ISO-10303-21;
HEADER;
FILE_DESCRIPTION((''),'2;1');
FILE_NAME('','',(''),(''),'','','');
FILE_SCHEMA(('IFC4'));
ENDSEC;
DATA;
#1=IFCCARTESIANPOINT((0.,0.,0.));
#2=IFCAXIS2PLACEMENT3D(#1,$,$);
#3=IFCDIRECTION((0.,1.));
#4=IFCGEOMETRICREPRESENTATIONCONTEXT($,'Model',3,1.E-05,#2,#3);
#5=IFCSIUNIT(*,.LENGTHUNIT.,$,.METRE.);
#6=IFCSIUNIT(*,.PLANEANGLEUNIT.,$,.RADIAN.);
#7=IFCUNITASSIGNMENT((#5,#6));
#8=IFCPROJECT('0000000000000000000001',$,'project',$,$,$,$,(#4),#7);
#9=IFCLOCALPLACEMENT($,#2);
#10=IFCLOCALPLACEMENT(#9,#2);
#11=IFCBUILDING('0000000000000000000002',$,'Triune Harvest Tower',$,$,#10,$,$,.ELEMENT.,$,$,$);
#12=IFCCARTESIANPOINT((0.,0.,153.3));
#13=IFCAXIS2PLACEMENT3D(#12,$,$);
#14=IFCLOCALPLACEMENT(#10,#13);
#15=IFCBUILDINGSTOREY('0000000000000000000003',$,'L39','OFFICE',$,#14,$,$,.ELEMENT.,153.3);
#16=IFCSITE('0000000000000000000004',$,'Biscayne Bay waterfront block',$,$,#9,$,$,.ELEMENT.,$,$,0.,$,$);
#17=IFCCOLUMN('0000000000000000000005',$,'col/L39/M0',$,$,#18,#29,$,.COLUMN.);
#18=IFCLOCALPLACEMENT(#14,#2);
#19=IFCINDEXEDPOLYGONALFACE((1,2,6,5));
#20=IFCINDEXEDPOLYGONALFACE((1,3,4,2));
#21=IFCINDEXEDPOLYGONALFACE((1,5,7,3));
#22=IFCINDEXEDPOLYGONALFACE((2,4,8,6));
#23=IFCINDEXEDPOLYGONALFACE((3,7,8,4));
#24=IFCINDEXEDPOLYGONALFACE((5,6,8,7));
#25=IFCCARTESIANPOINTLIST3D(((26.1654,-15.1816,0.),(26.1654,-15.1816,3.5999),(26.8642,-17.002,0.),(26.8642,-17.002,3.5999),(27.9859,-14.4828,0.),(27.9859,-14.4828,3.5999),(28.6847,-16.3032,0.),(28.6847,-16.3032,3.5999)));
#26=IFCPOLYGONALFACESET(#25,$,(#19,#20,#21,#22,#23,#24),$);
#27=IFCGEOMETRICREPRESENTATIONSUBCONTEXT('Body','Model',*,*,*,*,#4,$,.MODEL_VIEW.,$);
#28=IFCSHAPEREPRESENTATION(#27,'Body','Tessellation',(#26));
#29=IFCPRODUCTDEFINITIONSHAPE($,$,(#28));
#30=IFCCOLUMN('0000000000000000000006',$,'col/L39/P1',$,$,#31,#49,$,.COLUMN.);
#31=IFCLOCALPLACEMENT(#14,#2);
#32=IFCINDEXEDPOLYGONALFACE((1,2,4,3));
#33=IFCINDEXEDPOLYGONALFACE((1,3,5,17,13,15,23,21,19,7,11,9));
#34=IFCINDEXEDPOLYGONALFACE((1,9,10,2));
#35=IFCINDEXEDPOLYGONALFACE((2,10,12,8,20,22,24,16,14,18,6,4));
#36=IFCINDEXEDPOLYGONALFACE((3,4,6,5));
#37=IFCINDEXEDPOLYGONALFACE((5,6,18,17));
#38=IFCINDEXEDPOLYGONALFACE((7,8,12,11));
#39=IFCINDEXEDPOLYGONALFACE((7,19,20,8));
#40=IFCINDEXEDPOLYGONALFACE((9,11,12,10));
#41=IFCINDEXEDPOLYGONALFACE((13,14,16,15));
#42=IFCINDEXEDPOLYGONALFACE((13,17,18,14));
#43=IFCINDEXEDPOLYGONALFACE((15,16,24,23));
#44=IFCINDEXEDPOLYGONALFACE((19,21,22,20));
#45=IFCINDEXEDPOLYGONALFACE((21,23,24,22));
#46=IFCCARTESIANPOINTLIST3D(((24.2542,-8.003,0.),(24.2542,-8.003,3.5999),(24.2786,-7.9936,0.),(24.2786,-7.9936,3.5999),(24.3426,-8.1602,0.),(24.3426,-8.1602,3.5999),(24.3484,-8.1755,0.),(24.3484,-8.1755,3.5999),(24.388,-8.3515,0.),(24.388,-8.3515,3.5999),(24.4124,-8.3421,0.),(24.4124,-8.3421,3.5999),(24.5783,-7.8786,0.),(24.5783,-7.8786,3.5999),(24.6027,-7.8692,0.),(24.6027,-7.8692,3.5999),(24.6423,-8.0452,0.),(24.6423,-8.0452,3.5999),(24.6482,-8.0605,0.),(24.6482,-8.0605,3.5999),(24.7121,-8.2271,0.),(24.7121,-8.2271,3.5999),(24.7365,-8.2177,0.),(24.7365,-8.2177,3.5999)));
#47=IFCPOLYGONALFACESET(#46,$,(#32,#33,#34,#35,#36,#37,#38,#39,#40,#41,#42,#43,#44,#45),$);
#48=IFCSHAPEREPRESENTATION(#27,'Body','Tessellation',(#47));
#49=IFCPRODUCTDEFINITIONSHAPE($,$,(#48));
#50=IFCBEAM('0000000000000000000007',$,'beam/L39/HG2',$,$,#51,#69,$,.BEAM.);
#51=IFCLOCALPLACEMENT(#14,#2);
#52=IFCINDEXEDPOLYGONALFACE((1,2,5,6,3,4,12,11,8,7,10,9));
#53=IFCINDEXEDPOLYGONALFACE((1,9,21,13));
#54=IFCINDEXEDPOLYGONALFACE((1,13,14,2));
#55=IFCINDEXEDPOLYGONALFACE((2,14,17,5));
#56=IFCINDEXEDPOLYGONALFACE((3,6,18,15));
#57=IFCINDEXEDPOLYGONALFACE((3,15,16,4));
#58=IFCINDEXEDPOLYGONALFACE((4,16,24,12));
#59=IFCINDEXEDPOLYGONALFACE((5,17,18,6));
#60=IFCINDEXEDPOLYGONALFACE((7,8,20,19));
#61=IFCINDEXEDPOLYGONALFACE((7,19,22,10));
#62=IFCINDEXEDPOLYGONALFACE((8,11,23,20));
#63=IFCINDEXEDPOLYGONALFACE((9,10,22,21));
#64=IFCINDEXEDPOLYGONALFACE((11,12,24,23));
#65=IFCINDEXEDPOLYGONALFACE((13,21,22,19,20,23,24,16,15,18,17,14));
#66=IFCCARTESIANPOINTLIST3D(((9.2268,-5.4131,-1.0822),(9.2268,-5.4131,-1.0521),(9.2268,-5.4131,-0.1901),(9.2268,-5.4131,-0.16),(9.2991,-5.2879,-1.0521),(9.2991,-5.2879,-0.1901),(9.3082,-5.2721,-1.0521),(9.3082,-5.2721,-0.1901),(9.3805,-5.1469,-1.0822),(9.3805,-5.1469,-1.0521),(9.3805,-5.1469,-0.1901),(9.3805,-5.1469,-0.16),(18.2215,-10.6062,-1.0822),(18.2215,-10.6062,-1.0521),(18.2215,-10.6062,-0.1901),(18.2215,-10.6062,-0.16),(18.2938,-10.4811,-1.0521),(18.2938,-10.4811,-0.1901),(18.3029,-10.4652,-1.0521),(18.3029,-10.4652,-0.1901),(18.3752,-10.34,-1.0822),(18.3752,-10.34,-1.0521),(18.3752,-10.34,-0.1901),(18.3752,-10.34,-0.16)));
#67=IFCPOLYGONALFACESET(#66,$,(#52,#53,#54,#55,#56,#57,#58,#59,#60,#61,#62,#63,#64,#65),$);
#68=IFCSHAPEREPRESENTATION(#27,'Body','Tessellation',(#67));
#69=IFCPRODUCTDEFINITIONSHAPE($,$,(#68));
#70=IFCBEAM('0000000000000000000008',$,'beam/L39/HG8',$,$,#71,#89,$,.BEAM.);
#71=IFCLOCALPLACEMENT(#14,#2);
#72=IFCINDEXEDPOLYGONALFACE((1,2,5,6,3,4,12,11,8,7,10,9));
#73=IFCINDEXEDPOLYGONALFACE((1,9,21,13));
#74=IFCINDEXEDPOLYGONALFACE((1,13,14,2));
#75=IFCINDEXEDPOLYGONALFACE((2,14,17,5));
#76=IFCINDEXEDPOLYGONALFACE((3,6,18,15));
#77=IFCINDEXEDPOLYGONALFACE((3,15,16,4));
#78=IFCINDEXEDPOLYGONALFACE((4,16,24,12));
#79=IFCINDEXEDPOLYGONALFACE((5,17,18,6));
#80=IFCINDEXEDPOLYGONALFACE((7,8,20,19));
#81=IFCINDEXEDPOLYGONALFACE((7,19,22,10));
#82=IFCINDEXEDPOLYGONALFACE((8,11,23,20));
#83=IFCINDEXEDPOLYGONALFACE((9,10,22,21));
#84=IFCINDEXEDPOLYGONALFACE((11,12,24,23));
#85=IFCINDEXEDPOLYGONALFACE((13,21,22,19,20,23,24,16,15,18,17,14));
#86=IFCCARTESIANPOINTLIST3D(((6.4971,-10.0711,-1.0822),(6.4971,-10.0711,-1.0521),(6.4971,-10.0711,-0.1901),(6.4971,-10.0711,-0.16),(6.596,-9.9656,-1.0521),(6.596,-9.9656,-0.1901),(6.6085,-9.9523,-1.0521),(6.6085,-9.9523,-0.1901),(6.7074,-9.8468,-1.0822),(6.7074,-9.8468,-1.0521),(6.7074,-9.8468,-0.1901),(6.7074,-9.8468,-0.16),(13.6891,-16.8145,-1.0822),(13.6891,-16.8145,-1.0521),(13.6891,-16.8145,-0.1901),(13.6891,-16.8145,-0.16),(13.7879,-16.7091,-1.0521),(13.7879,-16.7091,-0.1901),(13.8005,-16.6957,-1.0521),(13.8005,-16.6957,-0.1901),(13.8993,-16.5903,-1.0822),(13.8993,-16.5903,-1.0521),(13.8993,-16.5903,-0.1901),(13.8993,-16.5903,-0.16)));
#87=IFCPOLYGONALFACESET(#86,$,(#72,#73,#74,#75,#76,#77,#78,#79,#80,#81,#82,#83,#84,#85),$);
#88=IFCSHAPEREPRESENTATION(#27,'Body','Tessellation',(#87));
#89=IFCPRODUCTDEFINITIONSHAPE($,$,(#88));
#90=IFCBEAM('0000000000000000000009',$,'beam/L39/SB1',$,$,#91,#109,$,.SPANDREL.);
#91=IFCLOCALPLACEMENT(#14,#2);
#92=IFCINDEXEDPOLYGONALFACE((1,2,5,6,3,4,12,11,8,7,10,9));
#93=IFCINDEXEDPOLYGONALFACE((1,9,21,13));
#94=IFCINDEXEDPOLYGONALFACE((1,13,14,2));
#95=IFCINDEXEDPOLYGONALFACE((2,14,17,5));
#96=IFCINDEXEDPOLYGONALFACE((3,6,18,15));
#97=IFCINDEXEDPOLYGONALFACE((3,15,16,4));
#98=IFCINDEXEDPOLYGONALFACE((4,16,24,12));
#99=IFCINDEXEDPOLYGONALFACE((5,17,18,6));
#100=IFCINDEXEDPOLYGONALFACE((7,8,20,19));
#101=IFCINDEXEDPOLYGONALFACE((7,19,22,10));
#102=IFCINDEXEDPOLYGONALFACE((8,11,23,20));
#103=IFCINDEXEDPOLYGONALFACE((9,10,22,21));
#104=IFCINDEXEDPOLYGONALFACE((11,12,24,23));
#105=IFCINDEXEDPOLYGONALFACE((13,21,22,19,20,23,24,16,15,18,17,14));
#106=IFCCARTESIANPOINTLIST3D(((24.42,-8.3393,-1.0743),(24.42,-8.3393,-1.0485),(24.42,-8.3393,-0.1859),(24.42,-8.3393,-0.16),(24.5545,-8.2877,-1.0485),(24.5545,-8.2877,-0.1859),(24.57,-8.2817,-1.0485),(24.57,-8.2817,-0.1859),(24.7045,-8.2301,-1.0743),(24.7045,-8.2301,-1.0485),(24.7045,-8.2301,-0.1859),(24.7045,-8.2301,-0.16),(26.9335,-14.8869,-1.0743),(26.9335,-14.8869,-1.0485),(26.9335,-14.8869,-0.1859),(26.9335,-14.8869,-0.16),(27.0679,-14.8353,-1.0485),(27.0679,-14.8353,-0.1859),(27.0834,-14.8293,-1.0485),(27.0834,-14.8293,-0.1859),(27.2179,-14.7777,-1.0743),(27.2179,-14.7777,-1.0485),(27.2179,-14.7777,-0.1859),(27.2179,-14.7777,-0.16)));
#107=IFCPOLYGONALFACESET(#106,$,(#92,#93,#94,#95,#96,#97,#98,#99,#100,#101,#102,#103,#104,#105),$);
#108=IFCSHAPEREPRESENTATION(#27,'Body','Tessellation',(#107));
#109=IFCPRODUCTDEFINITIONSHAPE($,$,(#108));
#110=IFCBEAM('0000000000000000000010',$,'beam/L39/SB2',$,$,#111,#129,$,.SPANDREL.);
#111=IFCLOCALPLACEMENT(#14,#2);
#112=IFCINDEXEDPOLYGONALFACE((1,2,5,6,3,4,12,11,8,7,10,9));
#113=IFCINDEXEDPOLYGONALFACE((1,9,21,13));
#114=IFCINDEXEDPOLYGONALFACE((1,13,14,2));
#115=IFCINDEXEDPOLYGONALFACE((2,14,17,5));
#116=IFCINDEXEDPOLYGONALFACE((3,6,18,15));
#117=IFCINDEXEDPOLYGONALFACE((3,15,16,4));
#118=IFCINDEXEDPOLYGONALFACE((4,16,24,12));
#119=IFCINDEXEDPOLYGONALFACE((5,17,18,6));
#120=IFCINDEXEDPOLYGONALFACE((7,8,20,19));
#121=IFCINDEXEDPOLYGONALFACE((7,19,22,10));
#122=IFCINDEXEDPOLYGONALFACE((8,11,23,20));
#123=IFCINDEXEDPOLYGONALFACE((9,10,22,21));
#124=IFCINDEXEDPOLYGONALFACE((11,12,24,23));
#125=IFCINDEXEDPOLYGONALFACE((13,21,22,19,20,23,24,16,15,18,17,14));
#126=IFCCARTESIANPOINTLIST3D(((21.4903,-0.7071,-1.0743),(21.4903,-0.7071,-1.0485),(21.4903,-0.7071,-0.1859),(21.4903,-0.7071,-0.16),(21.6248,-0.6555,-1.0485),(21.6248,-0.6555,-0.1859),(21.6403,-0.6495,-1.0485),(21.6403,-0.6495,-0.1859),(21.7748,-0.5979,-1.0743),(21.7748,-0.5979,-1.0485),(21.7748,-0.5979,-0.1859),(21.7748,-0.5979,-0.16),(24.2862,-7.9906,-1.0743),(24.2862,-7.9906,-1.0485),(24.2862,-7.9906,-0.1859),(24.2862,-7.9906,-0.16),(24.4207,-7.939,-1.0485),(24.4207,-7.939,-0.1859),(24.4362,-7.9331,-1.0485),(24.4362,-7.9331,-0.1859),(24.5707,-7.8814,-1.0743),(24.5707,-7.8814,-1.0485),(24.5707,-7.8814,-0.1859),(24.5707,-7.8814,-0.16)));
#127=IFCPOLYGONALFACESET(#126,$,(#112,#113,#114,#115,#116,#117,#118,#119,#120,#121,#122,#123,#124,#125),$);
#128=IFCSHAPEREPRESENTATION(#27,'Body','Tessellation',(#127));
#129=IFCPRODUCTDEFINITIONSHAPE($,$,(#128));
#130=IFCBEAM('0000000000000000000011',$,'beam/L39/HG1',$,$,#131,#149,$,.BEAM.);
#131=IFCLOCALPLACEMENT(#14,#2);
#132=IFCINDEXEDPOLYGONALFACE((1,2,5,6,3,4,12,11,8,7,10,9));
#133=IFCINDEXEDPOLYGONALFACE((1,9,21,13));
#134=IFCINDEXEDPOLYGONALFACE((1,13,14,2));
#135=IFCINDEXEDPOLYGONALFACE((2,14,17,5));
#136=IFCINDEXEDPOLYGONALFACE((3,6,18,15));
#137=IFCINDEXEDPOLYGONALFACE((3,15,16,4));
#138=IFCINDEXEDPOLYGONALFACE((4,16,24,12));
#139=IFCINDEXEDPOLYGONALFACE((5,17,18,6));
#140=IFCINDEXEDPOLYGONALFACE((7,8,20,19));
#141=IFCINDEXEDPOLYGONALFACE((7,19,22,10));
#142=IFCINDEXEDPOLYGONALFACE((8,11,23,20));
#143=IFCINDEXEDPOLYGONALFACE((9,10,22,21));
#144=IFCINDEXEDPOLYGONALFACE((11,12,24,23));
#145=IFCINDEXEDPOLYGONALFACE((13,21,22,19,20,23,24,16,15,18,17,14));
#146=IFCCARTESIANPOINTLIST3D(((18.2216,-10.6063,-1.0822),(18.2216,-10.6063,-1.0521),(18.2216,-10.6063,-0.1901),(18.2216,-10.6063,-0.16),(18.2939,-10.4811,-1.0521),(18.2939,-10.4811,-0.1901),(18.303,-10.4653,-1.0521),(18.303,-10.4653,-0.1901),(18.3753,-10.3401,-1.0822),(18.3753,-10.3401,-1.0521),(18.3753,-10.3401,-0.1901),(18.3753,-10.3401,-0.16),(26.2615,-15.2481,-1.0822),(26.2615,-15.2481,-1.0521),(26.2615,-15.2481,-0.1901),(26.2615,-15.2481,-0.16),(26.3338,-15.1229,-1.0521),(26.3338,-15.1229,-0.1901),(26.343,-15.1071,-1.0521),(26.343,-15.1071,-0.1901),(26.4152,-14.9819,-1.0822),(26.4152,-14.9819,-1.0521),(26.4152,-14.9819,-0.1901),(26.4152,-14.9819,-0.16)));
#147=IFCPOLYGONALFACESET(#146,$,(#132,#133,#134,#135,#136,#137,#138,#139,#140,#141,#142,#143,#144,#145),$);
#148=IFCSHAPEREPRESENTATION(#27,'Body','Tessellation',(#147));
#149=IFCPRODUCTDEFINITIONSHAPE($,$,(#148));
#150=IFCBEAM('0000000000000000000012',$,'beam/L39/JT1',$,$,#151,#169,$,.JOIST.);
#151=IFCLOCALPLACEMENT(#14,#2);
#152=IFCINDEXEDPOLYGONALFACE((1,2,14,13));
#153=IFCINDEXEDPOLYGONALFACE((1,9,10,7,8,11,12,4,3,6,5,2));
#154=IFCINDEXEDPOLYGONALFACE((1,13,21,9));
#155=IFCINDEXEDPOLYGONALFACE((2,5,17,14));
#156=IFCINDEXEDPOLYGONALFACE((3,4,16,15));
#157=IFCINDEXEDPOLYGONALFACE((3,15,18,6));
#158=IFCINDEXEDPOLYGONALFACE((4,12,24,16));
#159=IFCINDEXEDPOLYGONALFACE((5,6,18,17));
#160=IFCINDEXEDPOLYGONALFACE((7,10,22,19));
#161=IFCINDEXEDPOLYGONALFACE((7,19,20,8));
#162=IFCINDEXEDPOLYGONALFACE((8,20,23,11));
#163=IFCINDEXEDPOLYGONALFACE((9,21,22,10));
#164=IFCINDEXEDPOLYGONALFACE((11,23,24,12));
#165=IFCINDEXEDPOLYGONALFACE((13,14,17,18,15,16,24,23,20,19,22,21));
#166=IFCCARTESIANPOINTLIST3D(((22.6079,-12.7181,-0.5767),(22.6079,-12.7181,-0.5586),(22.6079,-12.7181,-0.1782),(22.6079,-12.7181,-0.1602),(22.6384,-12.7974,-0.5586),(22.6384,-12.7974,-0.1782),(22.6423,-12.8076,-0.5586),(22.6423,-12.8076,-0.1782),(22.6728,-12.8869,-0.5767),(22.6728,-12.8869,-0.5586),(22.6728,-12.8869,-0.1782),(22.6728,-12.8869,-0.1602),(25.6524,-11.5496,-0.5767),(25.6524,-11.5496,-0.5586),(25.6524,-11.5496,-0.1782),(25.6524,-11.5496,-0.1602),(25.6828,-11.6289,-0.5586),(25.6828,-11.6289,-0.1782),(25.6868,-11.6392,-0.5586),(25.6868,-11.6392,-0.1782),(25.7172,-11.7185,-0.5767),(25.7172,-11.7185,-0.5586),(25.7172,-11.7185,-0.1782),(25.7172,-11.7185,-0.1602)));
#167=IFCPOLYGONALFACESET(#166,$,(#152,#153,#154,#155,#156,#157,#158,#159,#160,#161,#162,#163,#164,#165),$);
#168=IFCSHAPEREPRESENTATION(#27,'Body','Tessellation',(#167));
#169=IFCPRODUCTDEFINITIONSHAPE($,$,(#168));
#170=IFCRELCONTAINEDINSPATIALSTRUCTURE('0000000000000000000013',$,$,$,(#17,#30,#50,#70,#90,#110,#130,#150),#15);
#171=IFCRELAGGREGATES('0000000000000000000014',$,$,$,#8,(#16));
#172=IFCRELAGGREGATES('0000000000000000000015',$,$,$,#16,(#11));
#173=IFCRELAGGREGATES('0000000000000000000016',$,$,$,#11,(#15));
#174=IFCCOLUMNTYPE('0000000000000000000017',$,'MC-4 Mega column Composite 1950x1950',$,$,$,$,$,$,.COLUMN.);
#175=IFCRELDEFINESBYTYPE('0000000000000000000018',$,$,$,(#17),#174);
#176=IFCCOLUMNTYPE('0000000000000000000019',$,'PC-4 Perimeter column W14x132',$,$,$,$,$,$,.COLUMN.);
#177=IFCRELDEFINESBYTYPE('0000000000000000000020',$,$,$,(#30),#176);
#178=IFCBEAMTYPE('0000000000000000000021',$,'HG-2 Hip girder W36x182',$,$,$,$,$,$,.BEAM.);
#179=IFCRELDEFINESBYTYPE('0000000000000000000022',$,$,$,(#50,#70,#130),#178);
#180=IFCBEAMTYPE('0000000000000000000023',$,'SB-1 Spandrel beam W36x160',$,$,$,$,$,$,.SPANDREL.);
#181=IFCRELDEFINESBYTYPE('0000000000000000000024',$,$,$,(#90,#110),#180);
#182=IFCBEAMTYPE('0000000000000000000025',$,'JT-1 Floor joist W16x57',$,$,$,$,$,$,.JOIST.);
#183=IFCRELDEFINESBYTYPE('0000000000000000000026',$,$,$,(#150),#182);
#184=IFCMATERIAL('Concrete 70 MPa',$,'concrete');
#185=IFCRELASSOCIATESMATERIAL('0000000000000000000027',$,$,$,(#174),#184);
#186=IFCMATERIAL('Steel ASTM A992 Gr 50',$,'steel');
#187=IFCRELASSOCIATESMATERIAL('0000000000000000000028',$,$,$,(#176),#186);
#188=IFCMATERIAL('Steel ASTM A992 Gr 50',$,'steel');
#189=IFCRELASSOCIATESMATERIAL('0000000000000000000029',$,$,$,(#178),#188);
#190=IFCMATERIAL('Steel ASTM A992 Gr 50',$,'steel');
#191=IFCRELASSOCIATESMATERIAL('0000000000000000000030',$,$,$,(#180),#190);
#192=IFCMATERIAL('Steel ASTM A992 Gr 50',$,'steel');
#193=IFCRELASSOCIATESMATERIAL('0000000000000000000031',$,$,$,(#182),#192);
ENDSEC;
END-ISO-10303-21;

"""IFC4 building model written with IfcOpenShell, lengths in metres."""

from ifc_helpers import new_model, si_unit, direction, frame, origin, origin_2d, place, context, subcontext, project, spatial, rectangle, i_section, extrude, source, transform, mapped, material, material_profile, profile_set, type_object, element, save


model = new_model("IFC4")

# Units and contexts
model_context = context("Model", 3, precision=1e-05, world=origin(), true_north=direction((0.0, 1.0)))
body_context = subcontext(model_context, "Body", "Model", "MODEL_VIEW")
ifc_project = project(units=[si_unit("LENGTHUNIT", "METRE"), si_unit("PLANEANGLEUNIT", "RADIAN")], contexts=[model_context])

# Site, building, storey
site_placement = place(None, origin())
site = spatial("IfcSite", under=ifc_project, at=site_placement, Name="Biscayne Bay waterfront block", CompositionType="ELEMENT", RefElevation=0.0)
building_placement = place(site_placement, origin())
building = spatial("IfcBuilding", under=site, at=building_placement, Name="Triune Harvest Tower", CompositionType="ELEMENT")
storey_placement = place(building_placement, frame((0.0, 0.0, 153.3)))
storey = spatial("IfcBuildingStorey", under=building, at=storey_placement, Name="L39", Description="OFFICE", CompositionType="ELEMENT", Elevation=153.3)

# Columns
ifc_material_1 = material(Name="Concrete 70 MPa", Category="concrete")
ifc_material_profile_1 = material_profile(ifc_material_1, rectangle(XDim=1.95, YDim=1.95, at=origin_2d()), Name="Composite 1950x1950")
ifc_profile_set_1 = profile_set([ifc_material_profile_1], Name="Concrete 70 MPa")
column_type_1 = type_object("IfcColumnType", Name="MC-4 Mega column Composite 1950x1950", PredefinedType="COLUMN", material=ifc_profile_set_1)
shared_shape_1 = source(origin(), body_context, "Body", "SweptSolid", [
    extrude(rectangle(XDim=1.95, YDim=1.95, at=origin_2d()), origin(), (0.0, 0.0, 1.0), 3.5999),
])
column_1_placement = place(storey_placement, frame((27.425, -15.7424, 0.0), z_axis=(0.0, 0.0, 1.0), x_axis=(-0.358368, 0.93358, 0.0)))
element("IfcColumn", 1, at=column_1_placement, inside=storey, type_object=column_type_1, Name="col/L39/M0", PredefinedType="COLUMN", context=body_context, shape_type="MappedRepresentation", body=[
    mapped(shared_shape_1, transform((0.0, 0.0, 0.0), scale=1.0)),
])
ifc_material_2 = material(Name="Steel ASTM A992 Gr 50", Category="steel")
ifc_material_profile_2 = material_profile(ifc_material_2, i_section(OverallWidth=0.3733, OverallDepth=0.3733, WebThickness=0.0164, FlangeThickness=0.0261, at=origin_2d()), Name="W14x132")
ifc_profile_set_2 = profile_set([ifc_material_profile_2], Name="Steel ASTM A992 Gr 50")
column_type_2 = type_object("IfcColumnType", Name="PC-4 Perimeter column W14x132", PredefinedType="COLUMN", material=ifc_profile_set_2)
shared_shape_2 = source(origin(), body_context, "Body", "SweptSolid", [
    extrude(i_section(OverallWidth=0.3733, OverallDepth=0.3733, WebThickness=0.0164, FlangeThickness=0.0261, at=origin_2d()), origin(), (0.0, 0.0, 1.0), 3.5999),
])
column_2_placement = place(storey_placement, frame((24.4954, -8.1104, 0.0), z_axis=(0.0, 0.0, 1.0), x_axis=(-0.358368, 0.93358, 0.0)))
element("IfcColumn", 2, at=column_2_placement, inside=storey, type_object=column_type_2, Name="col/L39/P1", PredefinedType="COLUMN", context=body_context, shape_type="MappedRepresentation", body=[
    mapped(shared_shape_2, transform((0.0, 0.0, 0.0), scale=1.0)),
])

# Beams
ifc_material_3 = material(Name="Steel ASTM A992 Gr 50", Category="steel")
ifc_material_profile_3 = material_profile(ifc_material_3, i_section(OverallWidth=0.3074, OverallDepth=0.9221, WebThickness=0.0183, FlangeThickness=0.03, at=origin_2d()), Name="W36x182")
ifc_profile_set_3 = profile_set([ifc_material_profile_3], Name="Steel ASTM A992 Gr 50")
beam_type_1 = type_object("IfcBeamType", Name="HG-2 Hip girder W36x182", PredefinedType="BEAM", material=ifc_profile_set_3)
shared_shape_3 = source(origin(), body_context, "Body", "SweptSolid", [
    extrude(i_section(OverallWidth=0.3074, OverallDepth=0.9221, WebThickness=0.0183, FlangeThickness=0.03, at=origin_2d()), origin(), (0.0, 0.0, 1.0), 10.3862),
])
beam_1_placement = place(storey_placement, frame((18.2983, -10.4731, -0.6211), z_axis=(-0.866023, 0.500005, 0.0), x_axis=(-0.500005, -0.866023, 0.0)))
element("IfcBeam", 3, at=beam_1_placement, inside=storey, type_object=beam_type_1, Name="beam/L39/HG2", PredefinedType="BEAM", context=body_context, shape_type="MappedRepresentation", body=[
    mapped(shared_shape_3, transform((0.0, 0.0, 0.0), scale=1.0)),
])
shared_shape_4 = source(origin(), body_context, "Body", "SweptSolid", [
    extrude(i_section(OverallWidth=0.3074, OverallDepth=0.9221, WebThickness=0.0183, FlangeThickness=0.03, at=origin_2d()), origin(), (0.0, 0.0, 1.0), 9.8589),
])
beam_2_placement = place(storey_placement, frame((13.7942, -16.7024, -0.6211), z_axis=(-0.729486, 0.683995, 0.0), x_axis=(-0.683995, -0.729486, 0.0)))
element("IfcBeam", 4, at=beam_2_placement, inside=storey, type_object=beam_type_1, Name="beam/L39/HG8", PredefinedType="BEAM", context=body_context, shape_type="MappedRepresentation", body=[
    mapped(shared_shape_4, transform((0.0, 0.0, 0.0), scale=1.0)),
])
ifc_material_4 = material(Name="Steel ASTM A992 Gr 50", Category="steel")
ifc_material_profile_4 = material_profile(ifc_material_4, i_section(OverallWidth=0.3047, OverallDepth=0.9143, WebThickness=0.0166, FlangeThickness=0.0259, at=origin_2d()), Name="W36x160")
ifc_profile_set_4 = profile_set([ifc_material_profile_4], Name="Steel ASTM A992 Gr 50")
beam_type_2 = type_object("IfcBeamType", Name="SB-1 Spandrel beam W36x160", PredefinedType="SPANDREL", material=ifc_profile_set_4)
shared_shape_5 = source(origin(), body_context, "Body", "SweptSolid", [
    extrude(i_section(OverallWidth=0.3047, OverallDepth=0.9143, WebThickness=0.0166, FlangeThickness=0.0259, at=origin_2d()), origin(), (0.0, 0.0, 1.0), 7.0134),
])
beam_3_placement = place(storey_placement, frame((27.0757, -14.8323, -0.6172), z_axis=(-0.358373, 0.933579, 0.0), x_axis=(-0.933579, -0.358373, 0.0)))
element("IfcBeam", 5, at=beam_3_placement, inside=storey, type_object=beam_type_2, Name="beam/L39/SB1", PredefinedType="SPANDREL", context=body_context, shape_type="MappedRepresentation", body=[
    mapped(shared_shape_5, transform((0.0, 0.0, 0.0), scale=1.0)),
])
shared_shape_6 = source(origin(), body_context, "Body", "SweptSolid", [
    extrude(i_section(OverallWidth=0.3047, OverallDepth=0.9143, WebThickness=0.0166, FlangeThickness=0.0259, at=origin_2d()), origin(), (0.0, 0.0, 1.0), 7.8018),
])
beam_4_placement = place(storey_placement, frame((24.4285, -7.936, -0.6172), z_axis=(-0.358373, 0.933578, 0.0), x_axis=(-0.933578, -0.358373, 0.0)))
element("IfcBeam", 6, at=beam_4_placement, inside=storey, type_object=beam_type_2, Name="beam/L39/SB2", PredefinedType="SPANDREL", context=body_context, shape_type="MappedRepresentation", body=[
    mapped(shared_shape_6, transform((0.0, 0.0, 0.0), scale=1.0)),
])
shared_shape_7 = source(origin(), body_context, "Body", "SweptSolid", [
    extrude(i_section(OverallWidth=0.3074, OverallDepth=0.9221, WebThickness=0.0183, FlangeThickness=0.03, at=origin_2d()), origin(), (0.0, 0.0, 1.0), 9.2837),
])
beam_5_placement = place(storey_placement, frame((26.3384, -15.115, -0.6211), z_axis=(-0.866029, 0.499994, 0.0), x_axis=(-0.499994, -0.866029, 0.0)))
element("IfcBeam", 7, at=beam_5_placement, inside=storey, type_object=beam_type_1, Name="beam/L39/HG1", PredefinedType="BEAM", context=body_context, shape_type="MappedRepresentation", body=[
    mapped(shared_shape_7, transform((0.0, 0.0, 0.0), scale=1.0)),
])
ifc_material_5 = material(Name="Steel ASTM A992 Gr 50", Category="steel")
ifc_material_profile_5 = material_profile(ifc_material_5, i_section(OverallWidth=0.1809, OverallDepth=0.4165, WebThickness=0.011, FlangeThickness=0.0181, at=origin_2d()), Name="W16x57")
ifc_profile_set_5 = profile_set([ifc_material_profile_5], Name="Steel ASTM A992 Gr 50")
beam_type_3 = type_object("IfcBeamType", Name="JT-1 Floor joist W16x57", PredefinedType="JOIST", material=ifc_profile_set_5)
shared_shape_8 = source(origin(), body_context, "Body", "SweptSolid", [
    extrude(i_section(OverallWidth=0.1809, OverallDepth=0.4165, WebThickness=0.011, FlangeThickness=0.0181, at=origin_2d()), origin(), (0.0, 0.0, 1.0), 3.261),
])
beam_6_placement = place(storey_placement, frame((25.6848, -11.634, -0.3684), z_axis=(-0.9336, -0.358317, 0.0), x_axis=(0.358317, -0.9336, 0.0)))
element("IfcBeam", 8, at=beam_6_placement, inside=storey, type_object=beam_type_3, Name="beam/L39/JT1", PredefinedType="JOIST", context=body_context, shape_type="MappedRepresentation", body=[
    mapped(shared_shape_8, transform((0.0, 0.0, 0.0), scale=1.0)),
])

save(model, "model.ifc")
